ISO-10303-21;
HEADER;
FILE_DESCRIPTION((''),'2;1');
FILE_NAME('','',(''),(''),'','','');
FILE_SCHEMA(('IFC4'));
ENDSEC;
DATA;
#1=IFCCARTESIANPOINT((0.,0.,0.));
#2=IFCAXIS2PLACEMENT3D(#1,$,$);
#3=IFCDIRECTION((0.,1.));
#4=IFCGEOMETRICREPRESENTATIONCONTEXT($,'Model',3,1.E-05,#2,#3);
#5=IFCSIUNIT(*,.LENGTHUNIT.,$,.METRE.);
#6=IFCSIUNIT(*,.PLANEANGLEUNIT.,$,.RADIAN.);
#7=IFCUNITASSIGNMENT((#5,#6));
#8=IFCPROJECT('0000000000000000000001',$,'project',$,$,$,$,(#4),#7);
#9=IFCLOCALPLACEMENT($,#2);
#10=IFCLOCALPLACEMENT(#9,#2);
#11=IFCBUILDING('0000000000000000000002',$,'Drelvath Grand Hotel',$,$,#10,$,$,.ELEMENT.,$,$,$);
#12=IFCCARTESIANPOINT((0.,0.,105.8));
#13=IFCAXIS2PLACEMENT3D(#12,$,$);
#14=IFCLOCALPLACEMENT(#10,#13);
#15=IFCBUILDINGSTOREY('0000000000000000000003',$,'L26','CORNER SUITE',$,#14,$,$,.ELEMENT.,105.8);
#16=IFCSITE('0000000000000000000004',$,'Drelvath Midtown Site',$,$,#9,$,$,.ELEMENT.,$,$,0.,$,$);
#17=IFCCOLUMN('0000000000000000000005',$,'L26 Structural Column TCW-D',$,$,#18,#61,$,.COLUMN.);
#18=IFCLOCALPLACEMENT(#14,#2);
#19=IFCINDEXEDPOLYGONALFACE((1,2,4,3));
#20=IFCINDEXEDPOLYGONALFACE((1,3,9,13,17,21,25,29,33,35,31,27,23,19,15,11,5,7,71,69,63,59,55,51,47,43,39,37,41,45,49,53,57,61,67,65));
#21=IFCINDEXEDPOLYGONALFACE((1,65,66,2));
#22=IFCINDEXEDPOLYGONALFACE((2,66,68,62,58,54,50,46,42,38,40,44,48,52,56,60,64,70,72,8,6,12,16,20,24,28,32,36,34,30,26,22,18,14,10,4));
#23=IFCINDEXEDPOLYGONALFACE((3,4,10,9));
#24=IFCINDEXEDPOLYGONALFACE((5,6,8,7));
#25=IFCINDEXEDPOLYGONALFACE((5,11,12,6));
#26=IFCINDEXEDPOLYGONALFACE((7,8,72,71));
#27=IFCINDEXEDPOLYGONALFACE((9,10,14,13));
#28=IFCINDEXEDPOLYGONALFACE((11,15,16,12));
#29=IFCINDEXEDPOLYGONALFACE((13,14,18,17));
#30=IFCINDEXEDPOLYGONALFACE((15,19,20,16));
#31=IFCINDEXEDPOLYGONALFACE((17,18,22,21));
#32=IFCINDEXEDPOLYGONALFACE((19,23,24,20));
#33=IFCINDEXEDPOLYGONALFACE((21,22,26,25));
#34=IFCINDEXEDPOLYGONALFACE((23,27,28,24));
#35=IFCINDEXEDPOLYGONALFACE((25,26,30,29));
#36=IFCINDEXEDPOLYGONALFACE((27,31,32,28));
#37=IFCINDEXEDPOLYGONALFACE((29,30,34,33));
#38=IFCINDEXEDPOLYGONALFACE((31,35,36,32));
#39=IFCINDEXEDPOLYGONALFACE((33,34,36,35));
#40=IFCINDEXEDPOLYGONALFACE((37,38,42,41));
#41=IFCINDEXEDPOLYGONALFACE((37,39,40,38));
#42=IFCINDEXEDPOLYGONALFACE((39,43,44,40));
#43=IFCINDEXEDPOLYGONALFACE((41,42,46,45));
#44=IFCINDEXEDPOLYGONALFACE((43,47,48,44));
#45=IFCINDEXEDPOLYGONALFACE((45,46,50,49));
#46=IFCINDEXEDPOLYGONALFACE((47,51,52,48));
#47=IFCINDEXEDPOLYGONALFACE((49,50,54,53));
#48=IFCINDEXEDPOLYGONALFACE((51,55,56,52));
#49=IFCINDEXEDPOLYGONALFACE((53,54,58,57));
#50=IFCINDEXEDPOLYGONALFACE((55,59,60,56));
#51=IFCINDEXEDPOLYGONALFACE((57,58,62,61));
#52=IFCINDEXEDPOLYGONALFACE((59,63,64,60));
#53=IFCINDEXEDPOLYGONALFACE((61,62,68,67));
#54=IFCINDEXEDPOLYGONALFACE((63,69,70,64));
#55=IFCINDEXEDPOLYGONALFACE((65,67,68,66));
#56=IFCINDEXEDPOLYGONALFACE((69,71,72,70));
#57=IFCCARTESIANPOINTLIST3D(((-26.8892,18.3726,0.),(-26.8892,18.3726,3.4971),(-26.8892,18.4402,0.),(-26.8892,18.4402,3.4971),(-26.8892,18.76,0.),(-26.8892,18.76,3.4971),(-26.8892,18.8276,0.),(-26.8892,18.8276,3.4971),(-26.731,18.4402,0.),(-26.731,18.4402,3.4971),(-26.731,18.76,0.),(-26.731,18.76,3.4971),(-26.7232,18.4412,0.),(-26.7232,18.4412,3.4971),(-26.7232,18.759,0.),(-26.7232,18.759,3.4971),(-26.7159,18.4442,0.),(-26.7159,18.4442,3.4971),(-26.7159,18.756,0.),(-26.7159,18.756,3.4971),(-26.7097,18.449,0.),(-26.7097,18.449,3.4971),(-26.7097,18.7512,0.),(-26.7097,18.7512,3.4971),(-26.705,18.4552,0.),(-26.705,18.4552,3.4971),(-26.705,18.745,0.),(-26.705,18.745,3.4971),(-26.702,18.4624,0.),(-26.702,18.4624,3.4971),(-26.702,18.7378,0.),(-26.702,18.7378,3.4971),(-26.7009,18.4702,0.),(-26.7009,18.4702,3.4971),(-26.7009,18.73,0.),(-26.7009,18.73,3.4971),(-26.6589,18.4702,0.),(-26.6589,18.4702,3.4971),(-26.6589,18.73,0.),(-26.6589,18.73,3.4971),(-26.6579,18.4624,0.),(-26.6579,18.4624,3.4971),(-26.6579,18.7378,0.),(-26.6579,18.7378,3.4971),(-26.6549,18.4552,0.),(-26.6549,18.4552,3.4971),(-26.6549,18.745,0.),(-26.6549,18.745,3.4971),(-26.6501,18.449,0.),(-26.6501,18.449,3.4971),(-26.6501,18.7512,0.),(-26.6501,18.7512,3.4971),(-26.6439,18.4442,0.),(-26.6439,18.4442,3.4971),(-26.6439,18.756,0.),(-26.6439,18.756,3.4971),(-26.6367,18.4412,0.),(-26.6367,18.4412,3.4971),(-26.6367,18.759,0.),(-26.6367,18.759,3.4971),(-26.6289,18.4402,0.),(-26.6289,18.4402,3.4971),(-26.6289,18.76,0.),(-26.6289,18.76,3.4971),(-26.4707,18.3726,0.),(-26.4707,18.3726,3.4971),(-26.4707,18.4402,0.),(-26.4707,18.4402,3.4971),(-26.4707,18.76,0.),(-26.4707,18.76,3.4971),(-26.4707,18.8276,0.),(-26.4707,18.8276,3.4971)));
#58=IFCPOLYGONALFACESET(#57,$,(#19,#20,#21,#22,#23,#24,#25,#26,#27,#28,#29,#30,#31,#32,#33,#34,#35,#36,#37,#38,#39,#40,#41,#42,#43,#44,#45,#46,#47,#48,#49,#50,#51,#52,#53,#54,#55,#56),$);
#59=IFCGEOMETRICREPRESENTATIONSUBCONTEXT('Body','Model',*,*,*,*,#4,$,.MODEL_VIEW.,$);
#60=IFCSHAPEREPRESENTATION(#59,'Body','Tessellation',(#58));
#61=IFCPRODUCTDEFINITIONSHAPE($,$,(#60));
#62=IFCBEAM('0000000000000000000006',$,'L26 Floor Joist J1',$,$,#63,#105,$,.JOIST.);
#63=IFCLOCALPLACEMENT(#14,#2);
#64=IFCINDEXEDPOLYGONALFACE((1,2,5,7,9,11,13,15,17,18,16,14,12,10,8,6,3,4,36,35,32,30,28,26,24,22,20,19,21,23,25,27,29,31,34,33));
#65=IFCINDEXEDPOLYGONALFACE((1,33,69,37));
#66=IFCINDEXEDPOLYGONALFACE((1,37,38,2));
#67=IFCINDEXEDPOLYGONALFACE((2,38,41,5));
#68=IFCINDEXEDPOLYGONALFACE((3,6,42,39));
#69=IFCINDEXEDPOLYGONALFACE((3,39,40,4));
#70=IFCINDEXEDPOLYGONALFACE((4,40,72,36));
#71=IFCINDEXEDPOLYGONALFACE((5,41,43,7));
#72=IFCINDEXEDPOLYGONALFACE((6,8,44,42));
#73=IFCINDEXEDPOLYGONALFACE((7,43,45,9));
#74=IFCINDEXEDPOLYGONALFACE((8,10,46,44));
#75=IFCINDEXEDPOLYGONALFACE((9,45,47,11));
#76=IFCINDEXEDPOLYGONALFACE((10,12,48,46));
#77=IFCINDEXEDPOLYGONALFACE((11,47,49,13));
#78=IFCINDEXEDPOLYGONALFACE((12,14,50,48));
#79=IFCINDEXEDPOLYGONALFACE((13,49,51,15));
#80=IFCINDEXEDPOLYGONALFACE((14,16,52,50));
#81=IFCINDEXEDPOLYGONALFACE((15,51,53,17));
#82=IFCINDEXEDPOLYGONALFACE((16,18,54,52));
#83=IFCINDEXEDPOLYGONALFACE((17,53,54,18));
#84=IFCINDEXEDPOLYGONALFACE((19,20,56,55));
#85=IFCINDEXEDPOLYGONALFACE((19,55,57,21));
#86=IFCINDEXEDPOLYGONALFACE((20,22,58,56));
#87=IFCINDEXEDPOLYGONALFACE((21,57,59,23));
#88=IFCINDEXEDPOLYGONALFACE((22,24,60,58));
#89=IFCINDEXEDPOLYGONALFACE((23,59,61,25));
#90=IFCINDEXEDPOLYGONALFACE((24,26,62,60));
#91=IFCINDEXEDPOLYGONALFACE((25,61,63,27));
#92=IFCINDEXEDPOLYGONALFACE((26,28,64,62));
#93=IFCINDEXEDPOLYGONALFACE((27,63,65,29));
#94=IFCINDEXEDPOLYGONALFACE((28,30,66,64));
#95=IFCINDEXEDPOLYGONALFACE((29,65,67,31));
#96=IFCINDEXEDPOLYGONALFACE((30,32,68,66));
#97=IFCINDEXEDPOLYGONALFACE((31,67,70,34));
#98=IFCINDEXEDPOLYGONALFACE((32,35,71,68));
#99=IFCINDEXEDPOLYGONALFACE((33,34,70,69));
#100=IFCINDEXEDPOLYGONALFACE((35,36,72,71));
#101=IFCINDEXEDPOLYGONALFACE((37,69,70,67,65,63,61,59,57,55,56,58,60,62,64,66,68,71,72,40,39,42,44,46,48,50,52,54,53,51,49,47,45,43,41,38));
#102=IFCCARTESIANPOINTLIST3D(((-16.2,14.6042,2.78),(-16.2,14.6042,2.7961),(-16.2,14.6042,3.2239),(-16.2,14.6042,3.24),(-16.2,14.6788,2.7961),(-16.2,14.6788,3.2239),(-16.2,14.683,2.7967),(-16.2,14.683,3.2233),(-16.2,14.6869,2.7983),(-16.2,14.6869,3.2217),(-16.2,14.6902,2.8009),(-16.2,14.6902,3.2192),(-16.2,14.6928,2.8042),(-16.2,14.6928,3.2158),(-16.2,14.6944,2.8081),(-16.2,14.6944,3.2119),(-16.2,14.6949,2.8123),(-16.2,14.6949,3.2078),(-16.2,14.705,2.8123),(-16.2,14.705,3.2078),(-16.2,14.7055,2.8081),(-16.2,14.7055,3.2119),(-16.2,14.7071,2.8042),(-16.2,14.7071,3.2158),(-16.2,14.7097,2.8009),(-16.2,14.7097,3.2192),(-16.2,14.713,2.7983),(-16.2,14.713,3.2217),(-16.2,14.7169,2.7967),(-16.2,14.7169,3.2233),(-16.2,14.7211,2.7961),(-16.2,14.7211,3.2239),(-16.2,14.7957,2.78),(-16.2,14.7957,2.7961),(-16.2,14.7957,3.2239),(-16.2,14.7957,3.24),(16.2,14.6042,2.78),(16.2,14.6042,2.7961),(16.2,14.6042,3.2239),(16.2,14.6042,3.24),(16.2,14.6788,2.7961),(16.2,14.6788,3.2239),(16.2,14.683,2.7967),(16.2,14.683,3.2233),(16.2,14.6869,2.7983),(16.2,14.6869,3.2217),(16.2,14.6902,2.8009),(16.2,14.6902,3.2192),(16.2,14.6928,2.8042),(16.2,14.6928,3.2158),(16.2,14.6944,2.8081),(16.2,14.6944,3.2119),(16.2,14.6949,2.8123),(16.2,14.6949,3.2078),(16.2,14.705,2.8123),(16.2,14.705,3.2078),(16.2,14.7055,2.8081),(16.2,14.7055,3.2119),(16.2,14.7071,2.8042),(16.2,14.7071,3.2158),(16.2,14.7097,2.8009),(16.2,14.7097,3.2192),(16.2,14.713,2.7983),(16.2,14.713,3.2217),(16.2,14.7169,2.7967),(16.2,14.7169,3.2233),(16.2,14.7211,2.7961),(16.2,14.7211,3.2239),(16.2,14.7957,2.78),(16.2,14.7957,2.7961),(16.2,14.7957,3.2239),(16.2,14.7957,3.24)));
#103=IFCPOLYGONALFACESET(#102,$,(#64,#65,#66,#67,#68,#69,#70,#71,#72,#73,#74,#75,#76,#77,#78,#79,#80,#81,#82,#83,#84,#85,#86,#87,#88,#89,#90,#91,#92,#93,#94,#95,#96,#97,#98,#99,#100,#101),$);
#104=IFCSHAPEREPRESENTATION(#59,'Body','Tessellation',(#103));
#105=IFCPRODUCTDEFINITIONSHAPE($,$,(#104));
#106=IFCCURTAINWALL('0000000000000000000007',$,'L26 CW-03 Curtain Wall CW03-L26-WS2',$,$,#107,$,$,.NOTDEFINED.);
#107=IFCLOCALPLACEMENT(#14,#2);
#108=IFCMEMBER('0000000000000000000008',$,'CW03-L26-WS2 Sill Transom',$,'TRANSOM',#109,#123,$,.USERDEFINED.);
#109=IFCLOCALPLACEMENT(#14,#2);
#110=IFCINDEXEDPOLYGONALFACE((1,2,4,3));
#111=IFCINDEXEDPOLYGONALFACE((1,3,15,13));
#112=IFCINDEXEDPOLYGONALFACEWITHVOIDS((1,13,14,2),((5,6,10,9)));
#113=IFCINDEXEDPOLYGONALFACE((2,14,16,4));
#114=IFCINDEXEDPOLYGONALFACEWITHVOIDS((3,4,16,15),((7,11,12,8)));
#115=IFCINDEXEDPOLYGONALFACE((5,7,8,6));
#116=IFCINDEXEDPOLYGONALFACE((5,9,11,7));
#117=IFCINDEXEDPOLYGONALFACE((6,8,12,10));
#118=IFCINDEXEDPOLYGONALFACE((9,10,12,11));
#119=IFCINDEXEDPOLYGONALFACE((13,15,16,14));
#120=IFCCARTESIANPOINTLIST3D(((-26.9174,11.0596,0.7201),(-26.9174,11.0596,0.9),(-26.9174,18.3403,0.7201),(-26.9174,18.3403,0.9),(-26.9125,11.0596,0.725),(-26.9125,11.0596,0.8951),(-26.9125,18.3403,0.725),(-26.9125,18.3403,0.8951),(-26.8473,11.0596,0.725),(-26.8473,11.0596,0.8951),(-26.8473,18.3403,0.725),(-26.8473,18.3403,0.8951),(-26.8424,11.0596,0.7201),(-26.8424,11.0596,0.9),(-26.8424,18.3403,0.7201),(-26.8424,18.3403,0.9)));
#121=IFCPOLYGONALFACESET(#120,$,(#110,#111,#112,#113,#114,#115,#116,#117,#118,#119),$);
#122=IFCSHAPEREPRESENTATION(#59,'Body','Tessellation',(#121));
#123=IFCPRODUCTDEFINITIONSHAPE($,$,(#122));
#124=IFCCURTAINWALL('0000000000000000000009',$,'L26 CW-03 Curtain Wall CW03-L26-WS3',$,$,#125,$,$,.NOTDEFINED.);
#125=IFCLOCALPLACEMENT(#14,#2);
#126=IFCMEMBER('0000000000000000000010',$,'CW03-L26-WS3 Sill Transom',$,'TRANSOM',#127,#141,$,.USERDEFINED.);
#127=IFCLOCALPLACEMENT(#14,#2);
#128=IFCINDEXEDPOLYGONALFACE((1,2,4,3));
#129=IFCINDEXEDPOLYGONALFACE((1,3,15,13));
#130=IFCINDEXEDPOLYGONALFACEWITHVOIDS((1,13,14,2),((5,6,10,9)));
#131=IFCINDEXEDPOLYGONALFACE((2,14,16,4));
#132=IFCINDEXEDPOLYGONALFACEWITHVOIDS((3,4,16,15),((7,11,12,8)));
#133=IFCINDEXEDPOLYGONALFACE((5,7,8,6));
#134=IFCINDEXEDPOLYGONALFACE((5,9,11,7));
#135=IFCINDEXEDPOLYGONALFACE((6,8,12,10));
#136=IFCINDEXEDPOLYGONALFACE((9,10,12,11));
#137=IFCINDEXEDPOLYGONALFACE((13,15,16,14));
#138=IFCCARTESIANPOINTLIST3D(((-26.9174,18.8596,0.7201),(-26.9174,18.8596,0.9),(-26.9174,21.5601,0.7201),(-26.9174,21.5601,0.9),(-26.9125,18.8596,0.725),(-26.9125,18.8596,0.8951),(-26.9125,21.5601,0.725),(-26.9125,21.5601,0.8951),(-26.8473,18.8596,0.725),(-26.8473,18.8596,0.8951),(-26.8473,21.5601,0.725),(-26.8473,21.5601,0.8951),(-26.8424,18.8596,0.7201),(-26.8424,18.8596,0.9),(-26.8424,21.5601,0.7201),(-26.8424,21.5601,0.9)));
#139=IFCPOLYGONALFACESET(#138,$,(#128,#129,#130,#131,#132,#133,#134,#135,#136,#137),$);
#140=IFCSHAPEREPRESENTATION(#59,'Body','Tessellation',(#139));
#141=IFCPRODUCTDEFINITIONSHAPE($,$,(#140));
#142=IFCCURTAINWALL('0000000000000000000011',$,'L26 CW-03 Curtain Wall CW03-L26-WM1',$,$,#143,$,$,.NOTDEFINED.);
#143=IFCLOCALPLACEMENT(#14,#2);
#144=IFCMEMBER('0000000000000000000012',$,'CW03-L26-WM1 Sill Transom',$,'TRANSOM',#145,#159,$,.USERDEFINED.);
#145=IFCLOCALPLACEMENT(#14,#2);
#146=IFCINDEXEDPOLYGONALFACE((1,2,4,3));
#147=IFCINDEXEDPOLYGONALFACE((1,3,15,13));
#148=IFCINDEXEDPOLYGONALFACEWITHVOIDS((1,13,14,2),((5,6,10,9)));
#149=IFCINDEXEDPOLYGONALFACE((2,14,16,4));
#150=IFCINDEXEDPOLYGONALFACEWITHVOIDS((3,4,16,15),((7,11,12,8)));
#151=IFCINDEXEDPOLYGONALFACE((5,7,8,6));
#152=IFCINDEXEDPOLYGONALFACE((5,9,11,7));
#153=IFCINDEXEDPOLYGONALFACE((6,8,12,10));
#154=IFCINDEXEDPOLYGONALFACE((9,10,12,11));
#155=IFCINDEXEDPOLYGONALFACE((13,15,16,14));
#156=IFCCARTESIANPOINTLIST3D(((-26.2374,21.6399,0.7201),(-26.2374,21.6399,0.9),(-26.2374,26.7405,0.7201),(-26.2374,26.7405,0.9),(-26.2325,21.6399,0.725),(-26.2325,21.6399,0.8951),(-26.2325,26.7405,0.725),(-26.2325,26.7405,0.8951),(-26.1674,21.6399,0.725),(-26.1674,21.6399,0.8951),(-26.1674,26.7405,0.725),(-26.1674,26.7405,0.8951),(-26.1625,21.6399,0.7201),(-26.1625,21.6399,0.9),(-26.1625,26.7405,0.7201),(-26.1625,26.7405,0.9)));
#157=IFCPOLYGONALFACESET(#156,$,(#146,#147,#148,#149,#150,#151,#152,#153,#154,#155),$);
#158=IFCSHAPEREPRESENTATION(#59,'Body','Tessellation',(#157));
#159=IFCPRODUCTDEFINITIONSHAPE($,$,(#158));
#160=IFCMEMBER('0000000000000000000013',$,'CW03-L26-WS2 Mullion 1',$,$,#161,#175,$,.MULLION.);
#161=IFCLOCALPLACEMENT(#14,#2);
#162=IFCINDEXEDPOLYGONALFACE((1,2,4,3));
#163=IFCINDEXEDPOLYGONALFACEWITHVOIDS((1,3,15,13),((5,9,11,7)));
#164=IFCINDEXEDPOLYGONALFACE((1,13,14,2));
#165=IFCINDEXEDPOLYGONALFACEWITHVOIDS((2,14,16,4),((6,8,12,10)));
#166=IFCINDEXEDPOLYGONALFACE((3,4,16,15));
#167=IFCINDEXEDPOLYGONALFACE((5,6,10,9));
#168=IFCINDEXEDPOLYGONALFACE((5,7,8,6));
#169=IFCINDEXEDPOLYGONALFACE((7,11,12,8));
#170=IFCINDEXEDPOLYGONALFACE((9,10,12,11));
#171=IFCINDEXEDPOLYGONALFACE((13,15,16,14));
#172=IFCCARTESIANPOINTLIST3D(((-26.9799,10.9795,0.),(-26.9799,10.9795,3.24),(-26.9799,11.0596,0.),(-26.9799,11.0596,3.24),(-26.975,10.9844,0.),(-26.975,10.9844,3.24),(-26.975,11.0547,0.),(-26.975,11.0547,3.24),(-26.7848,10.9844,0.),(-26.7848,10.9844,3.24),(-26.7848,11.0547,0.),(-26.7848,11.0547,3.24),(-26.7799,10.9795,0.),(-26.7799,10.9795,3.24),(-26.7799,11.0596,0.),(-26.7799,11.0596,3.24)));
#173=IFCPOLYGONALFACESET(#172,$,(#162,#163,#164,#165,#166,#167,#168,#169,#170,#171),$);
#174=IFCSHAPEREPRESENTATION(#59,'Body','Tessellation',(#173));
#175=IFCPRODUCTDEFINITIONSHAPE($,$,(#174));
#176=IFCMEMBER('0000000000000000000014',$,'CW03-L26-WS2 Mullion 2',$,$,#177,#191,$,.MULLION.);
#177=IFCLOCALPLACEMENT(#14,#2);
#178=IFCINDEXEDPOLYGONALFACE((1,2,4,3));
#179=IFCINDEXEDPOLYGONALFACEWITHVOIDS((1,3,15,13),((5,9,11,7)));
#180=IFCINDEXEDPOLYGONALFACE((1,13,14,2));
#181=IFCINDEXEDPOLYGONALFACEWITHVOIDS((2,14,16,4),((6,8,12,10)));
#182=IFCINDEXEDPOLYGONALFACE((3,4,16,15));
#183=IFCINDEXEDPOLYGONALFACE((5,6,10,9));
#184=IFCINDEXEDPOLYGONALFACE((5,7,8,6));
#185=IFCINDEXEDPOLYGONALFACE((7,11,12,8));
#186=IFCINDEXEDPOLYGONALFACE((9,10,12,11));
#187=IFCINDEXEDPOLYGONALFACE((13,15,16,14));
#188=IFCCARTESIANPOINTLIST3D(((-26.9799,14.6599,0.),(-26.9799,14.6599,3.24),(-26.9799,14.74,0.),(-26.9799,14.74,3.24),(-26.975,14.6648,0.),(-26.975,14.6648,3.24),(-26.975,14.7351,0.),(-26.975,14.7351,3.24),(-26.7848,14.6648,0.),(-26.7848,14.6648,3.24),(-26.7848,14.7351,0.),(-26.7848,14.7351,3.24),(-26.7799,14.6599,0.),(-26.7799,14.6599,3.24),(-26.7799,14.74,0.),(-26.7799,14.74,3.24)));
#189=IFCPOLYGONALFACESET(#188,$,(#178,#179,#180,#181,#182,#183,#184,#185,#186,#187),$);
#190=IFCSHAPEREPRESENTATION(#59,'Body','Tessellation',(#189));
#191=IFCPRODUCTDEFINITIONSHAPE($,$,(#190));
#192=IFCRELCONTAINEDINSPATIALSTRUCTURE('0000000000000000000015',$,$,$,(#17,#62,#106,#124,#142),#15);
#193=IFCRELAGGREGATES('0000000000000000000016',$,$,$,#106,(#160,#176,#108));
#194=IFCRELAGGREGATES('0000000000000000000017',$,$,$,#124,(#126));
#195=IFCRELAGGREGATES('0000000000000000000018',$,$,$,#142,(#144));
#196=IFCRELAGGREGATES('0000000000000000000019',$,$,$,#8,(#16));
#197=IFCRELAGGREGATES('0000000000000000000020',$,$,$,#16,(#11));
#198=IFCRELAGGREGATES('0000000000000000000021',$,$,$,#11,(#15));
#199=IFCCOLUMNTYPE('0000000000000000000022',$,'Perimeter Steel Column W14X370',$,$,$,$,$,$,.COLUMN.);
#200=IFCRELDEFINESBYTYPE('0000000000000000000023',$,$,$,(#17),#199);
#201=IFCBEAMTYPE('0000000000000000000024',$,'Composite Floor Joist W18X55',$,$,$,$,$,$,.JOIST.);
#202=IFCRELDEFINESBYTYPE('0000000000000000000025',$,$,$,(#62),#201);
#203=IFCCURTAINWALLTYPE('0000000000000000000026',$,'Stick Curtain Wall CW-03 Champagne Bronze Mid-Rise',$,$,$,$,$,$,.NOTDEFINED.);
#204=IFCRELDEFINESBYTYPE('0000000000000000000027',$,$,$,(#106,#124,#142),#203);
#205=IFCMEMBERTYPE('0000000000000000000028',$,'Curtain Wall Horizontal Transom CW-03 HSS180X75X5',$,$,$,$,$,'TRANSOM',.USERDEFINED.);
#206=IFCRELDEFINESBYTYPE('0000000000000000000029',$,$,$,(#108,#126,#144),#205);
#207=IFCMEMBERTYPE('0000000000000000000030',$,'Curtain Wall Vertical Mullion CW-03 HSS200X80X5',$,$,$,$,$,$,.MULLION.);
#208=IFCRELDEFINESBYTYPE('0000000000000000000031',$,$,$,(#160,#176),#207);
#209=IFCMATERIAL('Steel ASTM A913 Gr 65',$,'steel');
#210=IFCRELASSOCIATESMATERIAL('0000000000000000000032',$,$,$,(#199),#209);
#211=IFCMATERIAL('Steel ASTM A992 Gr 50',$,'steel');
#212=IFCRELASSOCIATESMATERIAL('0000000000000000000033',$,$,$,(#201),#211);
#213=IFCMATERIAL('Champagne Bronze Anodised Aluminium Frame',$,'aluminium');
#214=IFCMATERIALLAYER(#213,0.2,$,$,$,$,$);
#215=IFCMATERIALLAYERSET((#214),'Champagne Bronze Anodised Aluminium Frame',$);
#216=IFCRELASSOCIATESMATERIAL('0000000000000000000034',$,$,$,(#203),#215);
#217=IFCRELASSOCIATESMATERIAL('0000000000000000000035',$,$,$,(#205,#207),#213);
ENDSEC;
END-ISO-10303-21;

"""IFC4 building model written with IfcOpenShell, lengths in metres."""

from ifc_helpers import new_model, si_unit, direction, frame, origin, origin_2d, place, context, subcontext, project, spatial, hollow_rectangle, i_section, extrude, material, layer, layer_set, material_profile, profile_set, type_object, element, aggregate, save


model = new_model("IFC4")

# Units and contexts
model_context = context("Model", 3, precision=1e-05, world=origin(), true_north=direction((0.0, 1.0)))
body_context = subcontext(model_context, "Body", "Model", "MODEL_VIEW")
ifc_project = project(units=[si_unit("LENGTHUNIT", "METRE"), si_unit("PLANEANGLEUNIT", "RADIAN")], contexts=[model_context])

# Site, building, storey
site_placement = place(None, origin())
site = spatial("IfcSite", under=ifc_project, at=site_placement, Name="Drelvath Midtown Site", CompositionType="ELEMENT", RefElevation=0.0)
building_placement = place(site_placement, origin())
building = spatial("IfcBuilding", under=site, at=building_placement, Name="Drelvath Grand Hotel", CompositionType="ELEMENT")
storey_placement = place(building_placement, frame((0.0, 0.0, 105.8)))
storey = spatial("IfcBuildingStorey", under=building, at=storey_placement, Name="L26", Description="CORNER SUITE", CompositionType="ELEMENT", Elevation=105.8)

# Column
ifc_material_1 = material(Name="Steel ASTM A913 Gr 65", Category="steel")
ifc_material_profile_1 = material_profile(ifc_material_1, i_section(OverallWidth=0.4185, OverallDepth=0.4551, WebThickness=0.042, FlangeThickness=0.0676, FilletRadius=0.03, at=origin_2d()), Name="W14X370")
ifc_profile_set_1 = profile_set([ifc_material_profile_1], Name="Steel ASTM A913 Gr 65")
column_type = type_object("IfcColumnType", Name="Perimeter Steel Column W14X370", PredefinedType="COLUMN", material=ifc_profile_set_1)
column_placement = place(storey_placement, frame((-26.6799, 18.6001, 0.0), z_axis=(0.0, 0.0, 1.0), x_axis=(1.0, 0.0, 0.0)))
element("IfcColumn", 1, at=column_placement, inside=storey, type_object=column_type, Name="L26 Structural Column TCW-D", PredefinedType="COLUMN", context=body_context, shape_type="SweptSolid", body=[
    extrude(i_section(OverallWidth=0.4185, OverallDepth=0.4551, WebThickness=0.042, FlangeThickness=0.0676, FilletRadius=0.03, at=origin_2d()), origin(), (0.0, 0.0, 1.0), 3.4971),
])

# Beam
ifc_material_2 = material(Name="Steel ASTM A992 Gr 50", Category="steel")
ifc_material_profile_2 = material_profile(ifc_material_2, i_section(OverallWidth=0.1914, OverallDepth=0.46, WebThickness=0.01, FlangeThickness=0.0161, FilletRadius=0.0161, at=origin_2d()), Name="W18X55")
ifc_profile_set_2 = profile_set([ifc_material_profile_2], Name="Steel ASTM A992 Gr 50")
beam_type_1 = type_object("IfcBeamType", Name="Composite Floor Joist W18X55", PredefinedType="JOIST", material=ifc_profile_set_2)
beam_1_placement = place(storey_placement, frame((-16.2, 14.7, 3.01), z_axis=(1.0, 0.0, 0.0), x_axis=(0.0, 1.0, 0.0)))
element("IfcBeam", 2, at=beam_1_placement, inside=storey, type_object=beam_type_1, Name="L26 Floor Joist J1", PredefinedType="JOIST", context=body_context, shape_type="SweptSolid", body=[
    extrude(i_section(OverallWidth=0.1914, OverallDepth=0.46, WebThickness=0.01, FlangeThickness=0.0161, FilletRadius=0.0161, at=origin_2d()), origin(), (0.0, 0.0, 1.0), 32.3999),
])

# Curtain walls, members
ifc_material_3 = material(Name="Champagne Bronze Anodised Aluminium Frame", Category="aluminium")
ifc_layer_1 = layer(ifc_material_3, 0.2)
ifc_layer_set_1 = layer_set([ifc_layer_1], Name="Champagne Bronze Anodised Aluminium Frame")
curtain_wall_type = type_object("IfcCurtainWallType", Name="Stick Curtain Wall CW-03 Champagne Bronze Mid-Rise", PredefinedType="NOTDEFINED", material=ifc_layer_set_1)
curtain_wall_1_placement = place(storey_placement, origin())
curtain_wall_1 = element("IfcCurtainWall", 3, at=curtain_wall_1_placement, inside=storey, type_object=curtain_wall_type, Name="L26 CW-03 Curtain Wall CW03-L26-WS2", PredefinedType="NOTDEFINED")
ifc_material_profile_3 = material_profile(ifc_material_3, hollow_rectangle(XDim=0.075, YDim=0.1799, WallThickness=0.0049, at=origin_2d()), Name="HSS180X75X5")
ifc_profile_set_3 = profile_set([ifc_material_profile_3], Name="Champagne Bronze Anodised Aluminium Frame")
member_type_1 = type_object("IfcMemberType", Name="Curtain Wall Horizontal Transom CW-03 HSS180X75X5", ElementType="TRANSOM", PredefinedType="USERDEFINED", material=ifc_profile_set_3)
member_1_placement = place(storey_placement, frame((-26.8799, 11.0596, 0.8101), z_axis=(0.0, 1.0, 0.0), x_axis=(-1.0, 0.0, 0.0)))
member_1 = element("IfcMember", 4, at=member_1_placement, type_object=member_type_1, Name="CW03-L26-WS2 Sill Transom", ObjectType="TRANSOM", PredefinedType="USERDEFINED", context=body_context, shape_type="SweptSolid", body=[
    extrude(hollow_rectangle(XDim=0.075, YDim=0.1799, WallThickness=0.0049, at=origin_2d()), origin(), (0.0, 0.0, 1.0), 7.2808),
])
curtain_wall_2_placement = place(storey_placement, origin())
curtain_wall_2 = element("IfcCurtainWall", 5, at=curtain_wall_2_placement, inside=storey, type_object=curtain_wall_type, Name="L26 CW-03 Curtain Wall CW03-L26-WS3", PredefinedType="NOTDEFINED")
member_2_placement = place(storey_placement, frame((-26.8799, 18.8596, 0.8101), z_axis=(0.0, 1.0, 0.0), x_axis=(-1.0, 0.0, 0.0)))
member_2 = element("IfcMember", 6, at=member_2_placement, type_object=member_type_1, Name="CW03-L26-WS3 Sill Transom", ObjectType="TRANSOM", PredefinedType="USERDEFINED", context=body_context, shape_type="SweptSolid", body=[
    extrude(hollow_rectangle(XDim=0.075, YDim=0.1799, WallThickness=0.0049, at=origin_2d()), origin(), (0.0, 0.0, 1.0), 2.7004),
])
curtain_wall_3_placement = place(storey_placement, origin())
curtain_wall_3 = element("IfcCurtainWall", 7, at=curtain_wall_3_placement, inside=storey, type_object=curtain_wall_type, Name="L26 CW-03 Curtain Wall CW03-L26-WM1", PredefinedType="NOTDEFINED")
member_3_placement = place(storey_placement, frame((-26.2, 21.6399, 0.8101), z_axis=(0.0, 1.0, 0.0), x_axis=(-1.0, 0.0, 0.0)))
member_3 = element("IfcMember", 8, at=member_3_placement, type_object=member_type_1, Name="CW03-L26-WM1 Sill Transom", ObjectType="TRANSOM", PredefinedType="USERDEFINED", context=body_context, shape_type="SweptSolid", body=[
    extrude(hollow_rectangle(XDim=0.075, YDim=0.1799, WallThickness=0.0049, at=origin_2d()), origin(), (0.0, 0.0, 1.0), 5.1006),
])

# Members
ifc_material_profile_4 = material_profile(ifc_material_3, hollow_rectangle(XDim=0.0801, YDim=0.2, WallThickness=0.0049, at=origin_2d()), Name="HSS200X80X5")
ifc_profile_set_4 = profile_set([ifc_material_profile_4], Name="Champagne Bronze Anodised Aluminium Frame")
member_type_2 = type_object("IfcMemberType", Name="Curtain Wall Vertical Mullion CW-03 HSS200X80X5", PredefinedType="MULLION", material=ifc_profile_set_4)
member_4_placement = place(storey_placement, frame((-26.8799, 11.0195, 0.0), z_axis=(0.0, 0.0, 1.0), x_axis=(0.0, 1.0, 0.0)))
member_4 = element("IfcMember", 9, at=member_4_placement, type_object=member_type_2, Name="CW03-L26-WS2 Mullion 1", PredefinedType="MULLION", context=body_context, shape_type="SweptSolid", body=[
    extrude(hollow_rectangle(XDim=0.0801, YDim=0.2, WallThickness=0.0049, at=origin_2d()), origin(), (0.0, 0.0, 1.0), 3.24),
])
member_5_placement = place(storey_placement, frame((-26.8799, 14.7, 0.0), z_axis=(0.0, 0.0, 1.0), x_axis=(0.0, 1.0, 0.0)))
member_5 = element("IfcMember", 10, at=member_5_placement, type_object=member_type_2, Name="CW03-L26-WS2 Mullion 2", PredefinedType="MULLION", context=body_context, shape_type="SweptSolid", body=[
    extrude(hollow_rectangle(XDim=0.0801, YDim=0.2, WallThickness=0.0049, at=origin_2d()), origin(), (0.0, 0.0, 1.0), 3.24),
])

aggregate(curtain_wall_1, [member_4, member_5, member_1])
aggregate(curtain_wall_2, [member_2])
aggregate(curtain_wall_3, [member_3])

save(model, "model.ifc")
